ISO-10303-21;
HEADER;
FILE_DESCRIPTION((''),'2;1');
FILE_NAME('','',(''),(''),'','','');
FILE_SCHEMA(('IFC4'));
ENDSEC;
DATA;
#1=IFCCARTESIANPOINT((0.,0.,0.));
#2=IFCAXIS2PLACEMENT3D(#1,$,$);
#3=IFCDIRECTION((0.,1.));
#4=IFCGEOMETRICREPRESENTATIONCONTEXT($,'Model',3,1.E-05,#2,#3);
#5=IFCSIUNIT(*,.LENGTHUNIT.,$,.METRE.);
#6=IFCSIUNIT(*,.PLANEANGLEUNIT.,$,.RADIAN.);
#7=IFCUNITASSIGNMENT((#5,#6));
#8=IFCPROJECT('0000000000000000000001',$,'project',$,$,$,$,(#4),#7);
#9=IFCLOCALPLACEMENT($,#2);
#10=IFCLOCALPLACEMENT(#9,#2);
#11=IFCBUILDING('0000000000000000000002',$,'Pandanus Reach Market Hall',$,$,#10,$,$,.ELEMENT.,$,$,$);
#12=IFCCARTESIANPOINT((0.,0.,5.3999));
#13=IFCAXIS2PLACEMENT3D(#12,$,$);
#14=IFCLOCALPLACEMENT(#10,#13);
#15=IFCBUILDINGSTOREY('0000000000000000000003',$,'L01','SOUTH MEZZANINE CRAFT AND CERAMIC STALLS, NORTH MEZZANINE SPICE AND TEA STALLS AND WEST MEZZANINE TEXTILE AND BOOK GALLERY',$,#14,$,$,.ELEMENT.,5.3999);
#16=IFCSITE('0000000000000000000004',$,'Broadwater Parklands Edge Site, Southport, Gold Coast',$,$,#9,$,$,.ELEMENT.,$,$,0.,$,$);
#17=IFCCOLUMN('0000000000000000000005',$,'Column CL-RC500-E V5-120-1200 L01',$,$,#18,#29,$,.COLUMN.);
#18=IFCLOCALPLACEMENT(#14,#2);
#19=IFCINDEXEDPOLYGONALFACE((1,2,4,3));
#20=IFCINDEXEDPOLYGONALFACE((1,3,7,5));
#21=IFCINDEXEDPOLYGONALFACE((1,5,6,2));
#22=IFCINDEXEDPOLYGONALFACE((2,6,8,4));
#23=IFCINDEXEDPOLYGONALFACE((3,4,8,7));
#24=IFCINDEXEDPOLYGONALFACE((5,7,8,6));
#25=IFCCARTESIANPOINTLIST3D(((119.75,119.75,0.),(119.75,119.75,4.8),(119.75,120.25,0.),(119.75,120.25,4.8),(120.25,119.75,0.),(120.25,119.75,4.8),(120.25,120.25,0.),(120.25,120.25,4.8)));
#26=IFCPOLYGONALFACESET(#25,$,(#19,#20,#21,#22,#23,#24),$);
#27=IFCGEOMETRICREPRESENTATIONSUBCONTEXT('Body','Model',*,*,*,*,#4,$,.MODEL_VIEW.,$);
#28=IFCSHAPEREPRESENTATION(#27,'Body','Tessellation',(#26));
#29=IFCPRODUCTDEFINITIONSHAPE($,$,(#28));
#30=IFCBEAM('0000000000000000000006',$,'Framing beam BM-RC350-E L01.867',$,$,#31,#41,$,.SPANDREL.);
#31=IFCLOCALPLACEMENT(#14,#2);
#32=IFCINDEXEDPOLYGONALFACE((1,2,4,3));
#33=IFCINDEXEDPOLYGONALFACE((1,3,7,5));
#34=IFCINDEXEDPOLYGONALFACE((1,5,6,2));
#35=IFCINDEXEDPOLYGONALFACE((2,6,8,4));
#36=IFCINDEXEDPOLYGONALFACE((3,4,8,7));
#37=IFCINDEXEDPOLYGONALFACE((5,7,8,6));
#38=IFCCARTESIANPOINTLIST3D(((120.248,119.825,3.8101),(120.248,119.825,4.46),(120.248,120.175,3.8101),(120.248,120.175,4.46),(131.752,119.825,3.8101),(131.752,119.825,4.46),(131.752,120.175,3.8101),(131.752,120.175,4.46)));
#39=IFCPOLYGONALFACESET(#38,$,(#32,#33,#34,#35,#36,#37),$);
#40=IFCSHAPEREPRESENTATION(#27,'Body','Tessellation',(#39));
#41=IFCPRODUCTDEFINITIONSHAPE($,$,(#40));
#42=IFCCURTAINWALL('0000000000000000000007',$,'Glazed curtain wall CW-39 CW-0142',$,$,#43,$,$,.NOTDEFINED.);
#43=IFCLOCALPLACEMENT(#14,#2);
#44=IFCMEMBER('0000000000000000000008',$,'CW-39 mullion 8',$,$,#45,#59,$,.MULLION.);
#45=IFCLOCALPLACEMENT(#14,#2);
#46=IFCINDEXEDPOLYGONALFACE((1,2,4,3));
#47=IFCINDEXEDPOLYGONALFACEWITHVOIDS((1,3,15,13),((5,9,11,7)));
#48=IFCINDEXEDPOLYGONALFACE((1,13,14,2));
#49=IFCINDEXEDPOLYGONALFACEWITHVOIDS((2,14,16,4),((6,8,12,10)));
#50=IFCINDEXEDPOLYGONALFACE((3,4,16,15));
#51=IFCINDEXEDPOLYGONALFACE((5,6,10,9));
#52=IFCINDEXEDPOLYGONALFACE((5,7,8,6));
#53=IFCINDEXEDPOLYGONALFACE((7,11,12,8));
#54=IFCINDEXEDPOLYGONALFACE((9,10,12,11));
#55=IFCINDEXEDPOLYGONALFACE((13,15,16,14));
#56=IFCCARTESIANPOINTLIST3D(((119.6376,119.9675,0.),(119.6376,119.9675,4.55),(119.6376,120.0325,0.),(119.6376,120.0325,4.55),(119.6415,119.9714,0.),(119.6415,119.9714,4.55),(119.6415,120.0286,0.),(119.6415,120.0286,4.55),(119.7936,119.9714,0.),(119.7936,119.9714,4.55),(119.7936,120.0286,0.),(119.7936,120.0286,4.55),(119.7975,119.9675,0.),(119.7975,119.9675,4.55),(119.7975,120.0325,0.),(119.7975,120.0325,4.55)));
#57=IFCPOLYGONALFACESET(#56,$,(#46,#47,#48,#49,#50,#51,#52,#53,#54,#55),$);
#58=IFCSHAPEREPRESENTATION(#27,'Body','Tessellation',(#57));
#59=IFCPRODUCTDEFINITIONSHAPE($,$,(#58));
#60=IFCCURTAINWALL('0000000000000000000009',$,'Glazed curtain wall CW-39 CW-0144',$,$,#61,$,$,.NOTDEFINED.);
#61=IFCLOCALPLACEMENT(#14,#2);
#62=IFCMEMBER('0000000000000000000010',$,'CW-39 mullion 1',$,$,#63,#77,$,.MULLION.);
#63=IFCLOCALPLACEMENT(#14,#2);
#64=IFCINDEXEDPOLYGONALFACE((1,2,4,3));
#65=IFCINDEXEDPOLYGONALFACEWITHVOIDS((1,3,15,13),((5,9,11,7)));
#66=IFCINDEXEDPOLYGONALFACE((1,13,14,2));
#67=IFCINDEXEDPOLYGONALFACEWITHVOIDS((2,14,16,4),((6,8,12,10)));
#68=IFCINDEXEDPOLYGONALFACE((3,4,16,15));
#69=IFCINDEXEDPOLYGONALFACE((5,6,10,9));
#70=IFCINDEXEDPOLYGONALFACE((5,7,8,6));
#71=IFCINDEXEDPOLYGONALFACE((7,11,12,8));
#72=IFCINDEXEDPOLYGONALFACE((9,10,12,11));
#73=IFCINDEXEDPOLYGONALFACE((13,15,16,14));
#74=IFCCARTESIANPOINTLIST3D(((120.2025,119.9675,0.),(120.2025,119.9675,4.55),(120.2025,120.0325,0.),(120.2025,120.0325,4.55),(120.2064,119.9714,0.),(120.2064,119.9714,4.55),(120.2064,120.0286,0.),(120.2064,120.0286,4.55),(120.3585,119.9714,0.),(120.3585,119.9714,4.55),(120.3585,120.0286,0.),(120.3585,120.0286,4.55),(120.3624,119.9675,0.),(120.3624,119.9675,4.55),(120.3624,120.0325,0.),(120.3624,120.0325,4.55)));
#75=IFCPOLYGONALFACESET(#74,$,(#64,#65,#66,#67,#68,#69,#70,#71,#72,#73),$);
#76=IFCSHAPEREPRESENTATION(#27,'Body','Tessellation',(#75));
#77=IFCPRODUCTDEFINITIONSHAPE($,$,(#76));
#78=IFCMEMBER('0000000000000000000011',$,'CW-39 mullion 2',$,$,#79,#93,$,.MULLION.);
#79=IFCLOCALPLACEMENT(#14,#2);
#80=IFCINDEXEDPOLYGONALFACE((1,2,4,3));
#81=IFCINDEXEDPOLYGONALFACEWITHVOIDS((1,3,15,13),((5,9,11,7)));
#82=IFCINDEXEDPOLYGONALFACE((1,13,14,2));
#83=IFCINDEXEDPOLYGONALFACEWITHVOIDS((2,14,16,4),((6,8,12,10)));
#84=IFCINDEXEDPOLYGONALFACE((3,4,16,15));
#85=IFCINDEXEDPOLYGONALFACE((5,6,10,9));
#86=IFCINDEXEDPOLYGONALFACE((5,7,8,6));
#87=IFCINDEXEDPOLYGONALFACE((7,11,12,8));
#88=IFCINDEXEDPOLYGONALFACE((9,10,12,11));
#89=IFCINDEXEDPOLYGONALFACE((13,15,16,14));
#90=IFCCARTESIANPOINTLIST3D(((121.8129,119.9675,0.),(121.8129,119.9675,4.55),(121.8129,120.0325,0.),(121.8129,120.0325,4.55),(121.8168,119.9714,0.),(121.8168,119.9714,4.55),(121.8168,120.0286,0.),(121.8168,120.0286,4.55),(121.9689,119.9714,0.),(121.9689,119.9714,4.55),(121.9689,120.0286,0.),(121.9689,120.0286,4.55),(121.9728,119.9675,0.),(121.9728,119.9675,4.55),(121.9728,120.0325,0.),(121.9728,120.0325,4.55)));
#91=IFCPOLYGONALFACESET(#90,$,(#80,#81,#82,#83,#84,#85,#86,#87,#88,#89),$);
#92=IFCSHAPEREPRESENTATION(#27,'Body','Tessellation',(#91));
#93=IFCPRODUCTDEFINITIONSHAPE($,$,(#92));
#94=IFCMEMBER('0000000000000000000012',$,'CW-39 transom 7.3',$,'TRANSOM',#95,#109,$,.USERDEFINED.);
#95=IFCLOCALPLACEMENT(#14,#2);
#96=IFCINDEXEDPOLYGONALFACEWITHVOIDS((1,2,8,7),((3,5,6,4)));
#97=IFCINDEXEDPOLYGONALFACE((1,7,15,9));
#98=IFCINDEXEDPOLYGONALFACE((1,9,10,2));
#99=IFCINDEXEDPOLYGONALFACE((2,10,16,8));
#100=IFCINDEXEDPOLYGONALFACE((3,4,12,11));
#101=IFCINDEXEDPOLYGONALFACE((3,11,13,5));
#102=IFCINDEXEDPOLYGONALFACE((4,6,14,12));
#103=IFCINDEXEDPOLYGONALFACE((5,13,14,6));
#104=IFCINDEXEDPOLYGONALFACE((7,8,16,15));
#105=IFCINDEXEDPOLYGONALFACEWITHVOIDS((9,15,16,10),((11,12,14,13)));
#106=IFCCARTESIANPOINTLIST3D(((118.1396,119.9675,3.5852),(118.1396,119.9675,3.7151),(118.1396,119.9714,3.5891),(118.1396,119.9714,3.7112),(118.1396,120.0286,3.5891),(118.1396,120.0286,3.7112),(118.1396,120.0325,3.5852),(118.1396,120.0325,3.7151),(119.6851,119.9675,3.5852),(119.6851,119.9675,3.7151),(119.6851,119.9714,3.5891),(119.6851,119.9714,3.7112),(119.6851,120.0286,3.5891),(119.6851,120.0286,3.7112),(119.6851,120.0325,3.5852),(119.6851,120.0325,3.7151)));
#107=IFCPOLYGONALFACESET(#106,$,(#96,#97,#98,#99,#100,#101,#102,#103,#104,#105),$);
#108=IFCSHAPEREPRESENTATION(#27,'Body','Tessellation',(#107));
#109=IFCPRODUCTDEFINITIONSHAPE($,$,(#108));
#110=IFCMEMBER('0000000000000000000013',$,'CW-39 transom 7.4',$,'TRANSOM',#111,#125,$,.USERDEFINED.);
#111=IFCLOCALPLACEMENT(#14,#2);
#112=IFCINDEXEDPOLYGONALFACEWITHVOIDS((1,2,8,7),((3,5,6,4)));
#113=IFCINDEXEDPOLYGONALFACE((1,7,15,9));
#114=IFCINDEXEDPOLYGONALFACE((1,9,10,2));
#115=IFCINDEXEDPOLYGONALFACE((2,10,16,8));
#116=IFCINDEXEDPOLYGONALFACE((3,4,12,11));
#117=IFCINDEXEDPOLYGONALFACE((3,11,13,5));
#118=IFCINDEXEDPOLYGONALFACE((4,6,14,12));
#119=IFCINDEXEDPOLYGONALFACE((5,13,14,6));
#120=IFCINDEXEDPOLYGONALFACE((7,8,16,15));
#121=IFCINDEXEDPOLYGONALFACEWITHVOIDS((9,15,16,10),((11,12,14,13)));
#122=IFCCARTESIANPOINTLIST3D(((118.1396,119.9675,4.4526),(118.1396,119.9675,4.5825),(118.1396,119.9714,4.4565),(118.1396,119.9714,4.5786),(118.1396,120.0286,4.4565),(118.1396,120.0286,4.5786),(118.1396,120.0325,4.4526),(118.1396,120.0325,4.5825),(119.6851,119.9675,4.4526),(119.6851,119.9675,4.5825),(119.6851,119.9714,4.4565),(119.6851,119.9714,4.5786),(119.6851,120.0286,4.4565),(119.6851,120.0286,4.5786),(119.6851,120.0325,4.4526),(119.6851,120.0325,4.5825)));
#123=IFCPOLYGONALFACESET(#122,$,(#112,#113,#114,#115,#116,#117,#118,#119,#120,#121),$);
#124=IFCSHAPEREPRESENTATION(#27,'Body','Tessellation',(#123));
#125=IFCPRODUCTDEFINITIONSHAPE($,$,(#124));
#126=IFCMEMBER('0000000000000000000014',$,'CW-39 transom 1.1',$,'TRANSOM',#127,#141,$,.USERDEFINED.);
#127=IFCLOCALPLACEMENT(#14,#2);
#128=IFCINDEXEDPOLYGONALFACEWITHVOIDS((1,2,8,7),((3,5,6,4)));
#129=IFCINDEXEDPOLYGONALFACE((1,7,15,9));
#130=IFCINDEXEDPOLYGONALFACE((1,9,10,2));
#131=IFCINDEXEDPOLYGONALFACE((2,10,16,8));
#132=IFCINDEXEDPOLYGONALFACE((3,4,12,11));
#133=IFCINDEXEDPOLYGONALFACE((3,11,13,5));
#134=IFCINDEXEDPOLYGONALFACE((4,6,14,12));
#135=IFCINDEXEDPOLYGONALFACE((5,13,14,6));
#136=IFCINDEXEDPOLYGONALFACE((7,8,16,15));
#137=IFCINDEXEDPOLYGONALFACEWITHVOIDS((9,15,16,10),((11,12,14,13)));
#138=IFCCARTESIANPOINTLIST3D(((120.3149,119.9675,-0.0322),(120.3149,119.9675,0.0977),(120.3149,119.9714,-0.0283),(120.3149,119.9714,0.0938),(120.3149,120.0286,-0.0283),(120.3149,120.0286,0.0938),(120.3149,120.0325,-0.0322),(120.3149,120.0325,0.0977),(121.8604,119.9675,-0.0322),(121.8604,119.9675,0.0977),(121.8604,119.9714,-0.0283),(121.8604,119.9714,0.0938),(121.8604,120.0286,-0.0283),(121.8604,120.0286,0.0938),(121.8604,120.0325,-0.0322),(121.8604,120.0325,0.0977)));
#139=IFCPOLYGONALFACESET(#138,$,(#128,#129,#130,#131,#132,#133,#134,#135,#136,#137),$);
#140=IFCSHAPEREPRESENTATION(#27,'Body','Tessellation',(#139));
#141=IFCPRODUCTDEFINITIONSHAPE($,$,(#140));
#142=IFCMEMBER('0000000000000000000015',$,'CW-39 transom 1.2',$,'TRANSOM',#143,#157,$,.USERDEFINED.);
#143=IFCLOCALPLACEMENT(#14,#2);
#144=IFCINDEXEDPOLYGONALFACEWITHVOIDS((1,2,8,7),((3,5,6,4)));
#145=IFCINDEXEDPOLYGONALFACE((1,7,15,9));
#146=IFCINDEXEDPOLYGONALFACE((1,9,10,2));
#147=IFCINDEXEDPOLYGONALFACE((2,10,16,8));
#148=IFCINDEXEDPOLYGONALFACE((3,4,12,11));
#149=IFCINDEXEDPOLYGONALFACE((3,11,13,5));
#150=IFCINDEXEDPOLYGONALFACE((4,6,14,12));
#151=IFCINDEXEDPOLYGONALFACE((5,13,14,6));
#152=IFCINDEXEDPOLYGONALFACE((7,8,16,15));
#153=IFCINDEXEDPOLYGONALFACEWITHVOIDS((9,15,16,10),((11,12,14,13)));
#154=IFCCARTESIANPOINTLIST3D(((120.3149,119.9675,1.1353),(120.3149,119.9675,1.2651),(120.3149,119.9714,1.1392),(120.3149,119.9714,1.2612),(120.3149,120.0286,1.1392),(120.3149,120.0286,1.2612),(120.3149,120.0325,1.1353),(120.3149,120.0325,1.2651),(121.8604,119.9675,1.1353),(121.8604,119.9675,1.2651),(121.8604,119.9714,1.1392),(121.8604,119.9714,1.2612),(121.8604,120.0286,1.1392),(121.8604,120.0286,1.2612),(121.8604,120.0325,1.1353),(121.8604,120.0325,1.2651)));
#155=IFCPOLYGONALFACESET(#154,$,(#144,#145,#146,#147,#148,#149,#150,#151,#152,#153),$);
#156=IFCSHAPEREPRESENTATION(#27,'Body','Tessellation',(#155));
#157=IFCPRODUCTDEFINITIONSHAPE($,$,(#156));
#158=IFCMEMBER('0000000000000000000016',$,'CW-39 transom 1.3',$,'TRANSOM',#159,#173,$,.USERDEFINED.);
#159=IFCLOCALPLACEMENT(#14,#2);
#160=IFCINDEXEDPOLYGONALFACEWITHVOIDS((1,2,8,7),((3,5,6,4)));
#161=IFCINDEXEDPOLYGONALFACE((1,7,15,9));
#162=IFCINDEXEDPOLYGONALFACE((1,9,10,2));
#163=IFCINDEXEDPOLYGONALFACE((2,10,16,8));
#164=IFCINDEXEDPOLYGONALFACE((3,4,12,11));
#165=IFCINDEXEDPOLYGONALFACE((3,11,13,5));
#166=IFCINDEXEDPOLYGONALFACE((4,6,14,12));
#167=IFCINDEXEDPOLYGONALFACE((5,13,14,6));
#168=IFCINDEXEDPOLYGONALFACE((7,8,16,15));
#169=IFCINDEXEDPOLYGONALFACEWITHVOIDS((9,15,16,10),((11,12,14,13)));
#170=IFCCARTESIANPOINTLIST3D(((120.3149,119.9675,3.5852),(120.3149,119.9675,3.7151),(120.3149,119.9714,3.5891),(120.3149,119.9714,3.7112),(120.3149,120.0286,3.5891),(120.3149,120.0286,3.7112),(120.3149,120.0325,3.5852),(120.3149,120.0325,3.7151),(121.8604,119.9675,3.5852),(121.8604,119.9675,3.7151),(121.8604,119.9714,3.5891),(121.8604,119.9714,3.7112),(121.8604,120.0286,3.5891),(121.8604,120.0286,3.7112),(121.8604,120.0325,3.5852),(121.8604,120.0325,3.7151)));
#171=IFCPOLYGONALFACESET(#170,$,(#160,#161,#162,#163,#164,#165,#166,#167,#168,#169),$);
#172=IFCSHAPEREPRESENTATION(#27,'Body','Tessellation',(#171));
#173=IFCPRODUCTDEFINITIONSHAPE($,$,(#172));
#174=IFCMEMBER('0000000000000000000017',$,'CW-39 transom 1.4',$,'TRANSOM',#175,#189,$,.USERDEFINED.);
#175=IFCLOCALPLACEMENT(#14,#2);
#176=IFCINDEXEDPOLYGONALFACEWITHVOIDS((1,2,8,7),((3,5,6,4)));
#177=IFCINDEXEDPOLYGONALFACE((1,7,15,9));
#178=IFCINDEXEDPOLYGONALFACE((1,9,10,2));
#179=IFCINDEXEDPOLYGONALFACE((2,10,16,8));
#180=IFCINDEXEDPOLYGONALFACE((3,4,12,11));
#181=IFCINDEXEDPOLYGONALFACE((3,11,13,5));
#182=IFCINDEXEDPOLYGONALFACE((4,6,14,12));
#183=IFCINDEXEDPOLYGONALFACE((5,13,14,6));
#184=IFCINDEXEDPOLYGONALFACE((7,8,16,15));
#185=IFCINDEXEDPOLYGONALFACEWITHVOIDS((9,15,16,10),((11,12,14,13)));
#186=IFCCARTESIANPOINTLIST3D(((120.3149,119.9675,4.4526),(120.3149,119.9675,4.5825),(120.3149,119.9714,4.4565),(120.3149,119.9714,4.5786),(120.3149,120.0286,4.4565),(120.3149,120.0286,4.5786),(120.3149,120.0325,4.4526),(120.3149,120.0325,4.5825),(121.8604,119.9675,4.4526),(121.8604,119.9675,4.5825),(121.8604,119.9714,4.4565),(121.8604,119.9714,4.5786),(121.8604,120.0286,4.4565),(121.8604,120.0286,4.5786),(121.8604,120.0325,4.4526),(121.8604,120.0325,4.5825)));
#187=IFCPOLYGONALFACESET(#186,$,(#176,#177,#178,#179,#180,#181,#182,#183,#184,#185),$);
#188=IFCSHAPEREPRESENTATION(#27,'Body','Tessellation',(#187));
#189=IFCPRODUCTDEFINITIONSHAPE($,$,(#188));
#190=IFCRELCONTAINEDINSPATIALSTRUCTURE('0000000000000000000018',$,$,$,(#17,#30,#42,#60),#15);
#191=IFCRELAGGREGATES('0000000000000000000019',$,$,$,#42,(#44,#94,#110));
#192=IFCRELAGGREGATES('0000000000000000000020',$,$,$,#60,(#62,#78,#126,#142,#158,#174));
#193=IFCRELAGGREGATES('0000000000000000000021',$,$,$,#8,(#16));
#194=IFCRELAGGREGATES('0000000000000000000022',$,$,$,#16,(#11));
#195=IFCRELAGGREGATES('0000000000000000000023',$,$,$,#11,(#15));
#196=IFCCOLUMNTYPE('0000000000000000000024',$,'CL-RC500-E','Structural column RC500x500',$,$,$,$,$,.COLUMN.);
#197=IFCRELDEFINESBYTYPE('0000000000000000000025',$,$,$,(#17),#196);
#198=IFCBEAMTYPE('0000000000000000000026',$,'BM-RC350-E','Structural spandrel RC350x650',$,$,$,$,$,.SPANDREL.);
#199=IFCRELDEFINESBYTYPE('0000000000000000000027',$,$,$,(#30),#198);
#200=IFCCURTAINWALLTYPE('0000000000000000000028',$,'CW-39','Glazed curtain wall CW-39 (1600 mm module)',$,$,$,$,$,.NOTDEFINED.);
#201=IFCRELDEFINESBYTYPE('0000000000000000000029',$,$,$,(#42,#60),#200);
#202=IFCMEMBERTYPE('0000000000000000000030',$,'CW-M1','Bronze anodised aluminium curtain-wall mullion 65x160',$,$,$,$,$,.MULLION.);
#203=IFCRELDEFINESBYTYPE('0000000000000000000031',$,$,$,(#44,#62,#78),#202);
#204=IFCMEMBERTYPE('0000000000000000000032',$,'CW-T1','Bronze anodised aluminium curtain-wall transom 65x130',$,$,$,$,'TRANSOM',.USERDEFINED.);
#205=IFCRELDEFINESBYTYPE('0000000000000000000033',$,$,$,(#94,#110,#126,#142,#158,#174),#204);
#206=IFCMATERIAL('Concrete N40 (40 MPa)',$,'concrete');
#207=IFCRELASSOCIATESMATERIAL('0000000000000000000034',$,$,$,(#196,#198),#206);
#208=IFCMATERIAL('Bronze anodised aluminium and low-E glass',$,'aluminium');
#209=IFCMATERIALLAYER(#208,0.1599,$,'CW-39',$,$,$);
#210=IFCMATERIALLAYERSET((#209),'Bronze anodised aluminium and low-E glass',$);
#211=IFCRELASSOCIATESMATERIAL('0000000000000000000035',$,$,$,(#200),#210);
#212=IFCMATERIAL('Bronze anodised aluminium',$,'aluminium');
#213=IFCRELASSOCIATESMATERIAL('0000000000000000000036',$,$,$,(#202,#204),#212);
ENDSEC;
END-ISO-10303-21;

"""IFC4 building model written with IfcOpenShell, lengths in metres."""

from ifc_helpers import new_model, si_unit, direction, frame, origin, origin_2d, place, context, subcontext, project, spatial, rectangle, hollow_rectangle, extrude, material, layer, layer_set, material_profile, profile_set, type_object, element, aggregate, save


model = new_model("IFC4")

# Units and contexts
model_context = context("Model", 3, precision=1e-05, world=origin(), true_north=direction((0.0, 1.0)))
body_context = subcontext(model_context, "Body", "Model", "MODEL_VIEW")
ifc_project = project(units=[si_unit("LENGTHUNIT", "METRE"), si_unit("PLANEANGLEUNIT", "RADIAN")], contexts=[model_context])

# Site, building, storey
site_placement = place(None, origin())
site = spatial("IfcSite", under=ifc_project, at=site_placement, Name="Broadwater Parklands Edge Site, Southport, Gold Coast", CompositionType="ELEMENT", RefElevation=0.0)
building_placement = place(site_placement, origin())
building = spatial("IfcBuilding", under=site, at=building_placement, Name="Pandanus Reach Market Hall", CompositionType="ELEMENT")
storey_placement = place(building_placement, frame((0.0, 0.0, 5.3999)))
storey = spatial("IfcBuildingStorey", under=building, at=storey_placement, Name="L01", Description="SOUTH MEZZANINE CRAFT AND CERAMIC STALLS, NORTH MEZZANINE SPICE AND TEA STALLS AND WEST MEZZANINE TEXTILE AND BOOK GALLERY", CompositionType="ELEMENT", Elevation=5.3999)

# Column
ifc_material_1 = material(Name="Concrete N40 (40 MPa)", Category="concrete")
ifc_material_profile_1 = material_profile(ifc_material_1, rectangle(XDim=0.5, YDim=0.5, at=origin_2d()), Name="RC500x500", Category="LoadBearing")
ifc_profile_set_1 = profile_set([ifc_material_profile_1], Name="Concrete N40 (40 MPa)")
column_type = type_object("IfcColumnType", Name="CL-RC500-E", Description="Structural column RC500x500", PredefinedType="COLUMN", material=ifc_profile_set_1)
column_placement = place(storey_placement, frame((120.0, 120.0, 0.0), z_axis=(0.0, 0.0, 1.0), x_axis=(1.0, 0.0, 0.0)))
element("IfcColumn", 1, at=column_placement, inside=storey, type_object=column_type, Name="Column CL-RC500-E V5-120-1200 L01", PredefinedType="COLUMN", context=body_context, shape_type="SweptSolid", body=[
    extrude(rectangle(XDim=0.5, YDim=0.5, at=origin_2d()), origin(), (0.0, 0.0, 1.0), 4.8),
])

# Beam
ifc_material_profile_2 = material_profile(ifc_material_1, rectangle(XDim=0.3501, YDim=0.6499, at=origin_2d()), Name="RC350x650", Category="LoadBearing")
ifc_profile_set_2 = profile_set([ifc_material_profile_2], Name="Concrete N40 (40 MPa)")
beam_type = type_object("IfcBeamType", Name="BM-RC350-E", Description="Structural spandrel RC350x650", PredefinedType="SPANDREL", material=ifc_profile_set_2)
beam_placement = place(storey_placement, frame((120.248, 120.0, 4.135), z_axis=(1.0, 0.0, 0.0), x_axis=(0.0, 1.0, 0.0)))
element("IfcBeam", 2, at=beam_placement, inside=storey, type_object=beam_type, Name="Framing beam BM-RC350-E L01.867", PredefinedType="SPANDREL", context=body_context, shape_type="SweptSolid", body=[
    extrude(rectangle(XDim=0.3501, YDim=0.6499, at=origin_2d()), origin(), (0.0, 0.0, 1.0), 11.5039),
])

# Curtain wall, member
ifc_material_2 = material(Name="Bronze anodised aluminium and low-E glass", Category="aluminium")
ifc_layer_1 = layer(ifc_material_2, 0.1599, Name="CW-39")
ifc_layer_set_1 = layer_set([ifc_layer_1], Name="Bronze anodised aluminium and low-E glass")
curtain_wall_type = type_object("IfcCurtainWallType", Name="CW-39", Description="Glazed curtain wall CW-39 (1600 mm module)", PredefinedType="NOTDEFINED", material=ifc_layer_set_1)
curtain_wall_1_placement = place(storey_placement, origin())
curtain_wall_1 = element("IfcCurtainWall", 3, at=curtain_wall_1_placement, inside=storey, type_object=curtain_wall_type, Name="Glazed curtain wall CW-39 CW-0142", PredefinedType="NOTDEFINED")
ifc_material_3 = material(Name="Bronze anodised aluminium", Category="aluminium")
ifc_material_profile_3 = material_profile(ifc_material_3, hollow_rectangle(XDim=0.0649, YDim=0.1599, WallThickness=0.0039, at=origin_2d()), Name="ALU65x160", Category="LoadBearing")
ifc_profile_set_3 = profile_set([ifc_material_profile_3], Name="Bronze anodised aluminium")
member_type_1 = type_object("IfcMemberType", Name="CW-M1", Description="Bronze anodised aluminium curtain-wall mullion 65x160", PredefinedType="MULLION", material=ifc_profile_set_3)
member_1_placement = place(storey_placement, frame((119.7175, 120.0, 0.0), z_axis=(0.0, 0.0, 1.0), x_axis=(0.0, 1.0, 0.0)))
member_1 = element("IfcMember", 4, at=member_1_placement, type_object=member_type_1, Name="CW-39 mullion 8", PredefinedType="MULLION", context=body_context, shape_type="SweptSolid", body=[
    extrude(hollow_rectangle(XDim=0.0649, YDim=0.1599, WallThickness=0.0039, at=origin_2d()), origin(), (0.0, 0.0, 1.0), 4.55),
])

# Curtain wall, members
curtain_wall_2_placement = place(storey_placement, origin())
curtain_wall_2 = element("IfcCurtainWall", 5, at=curtain_wall_2_placement, inside=storey, type_object=curtain_wall_type, Name="Glazed curtain wall CW-39 CW-0144", PredefinedType="NOTDEFINED")
member_2_placement = place(storey_placement, frame((120.2825, 120.0, 0.0), z_axis=(0.0, 0.0, 1.0), x_axis=(0.0, 1.0, 0.0)))
member_2 = element("IfcMember", 6, at=member_2_placement, type_object=member_type_1, Name="CW-39 mullion 1", PredefinedType="MULLION", context=body_context, shape_type="SweptSolid", body=[
    extrude(hollow_rectangle(XDim=0.0649, YDim=0.1599, WallThickness=0.0039, at=origin_2d()), origin(), (0.0, 0.0, 1.0), 4.55),
])
member_3_placement = place(storey_placement, frame((121.8928, 120.0, 0.0), z_axis=(0.0, 0.0, 1.0), x_axis=(0.0, 1.0, 0.0)))
member_3 = element("IfcMember", 7, at=member_3_placement, type_object=member_type_1, Name="CW-39 mullion 2", PredefinedType="MULLION", context=body_context, shape_type="SweptSolid", body=[
    extrude(hollow_rectangle(XDim=0.0649, YDim=0.1599, WallThickness=0.0039, at=origin_2d()), origin(), (0.0, 0.0, 1.0), 4.55),
])

# Members
ifc_material_profile_4 = material_profile(ifc_material_3, hollow_rectangle(XDim=0.0649, YDim=0.1299, WallThickness=0.0039, at=origin_2d()), Name="ALU65x130", Category="LoadBearing")
ifc_profile_set_4 = profile_set([ifc_material_profile_4], Name="Bronze anodised aluminium")
member_type_2 = type_object("IfcMemberType", Name="CW-T1", Description="Bronze anodised aluminium curtain-wall transom 65x130", ElementType="TRANSOM", PredefinedType="USERDEFINED", material=ifc_profile_set_4)
member_4_placement = place(storey_placement, frame((118.1396, 120.0, 3.6501), z_axis=(1.0, 0.0, 0.0), x_axis=(0.0, 1.0, 0.0)))
member_4 = element("IfcMember", 8, at=member_4_placement, type_object=member_type_2, Name="CW-39 transom 7.3", ObjectType="TRANSOM", PredefinedType="USERDEFINED", context=body_context, shape_type="SweptSolid", body=[
    extrude(hollow_rectangle(XDim=0.0649, YDim=0.1299, WallThickness=0.0039, at=origin_2d()), origin(), (0.0, 0.0, 1.0), 1.5454),
])
member_5_placement = place(storey_placement, frame((118.1396, 120.0, 4.5176), z_axis=(1.0, 0.0, 0.0), x_axis=(0.0, 1.0, 0.0)))
member_5 = element("IfcMember", 9, at=member_5_placement, type_object=member_type_2, Name="CW-39 transom 7.4", ObjectType="TRANSOM", PredefinedType="USERDEFINED", context=body_context, shape_type="SweptSolid", body=[
    extrude(hollow_rectangle(XDim=0.0649, YDim=0.1299, WallThickness=0.0039, at=origin_2d()), origin(), (0.0, 0.0, 1.0), 1.5454),
])
member_6_placement = place(storey_placement, frame((120.3149, 120.0, 0.0327), z_axis=(1.0, 0.0, 0.0), x_axis=(0.0, 1.0, 0.0)))
member_6 = element("IfcMember", 10, at=member_6_placement, type_object=member_type_2, Name="CW-39 transom 1.1", ObjectType="TRANSOM", PredefinedType="USERDEFINED", context=body_context, shape_type="SweptSolid", body=[
    extrude(hollow_rectangle(XDim=0.0649, YDim=0.1299, WallThickness=0.0039, at=origin_2d()), origin(), (0.0, 0.0, 1.0), 1.5454),
])
member_7_placement = place(storey_placement, frame((120.3149, 120.0, 1.2002), z_axis=(1.0, 0.0, 0.0), x_axis=(0.0, 1.0, 0.0)))
member_7 = element("IfcMember", 11, at=member_7_placement, type_object=member_type_2, Name="CW-39 transom 1.2", ObjectType="TRANSOM", PredefinedType="USERDEFINED", context=body_context, shape_type="SweptSolid", body=[
    extrude(hollow_rectangle(XDim=0.0649, YDim=0.1299, WallThickness=0.0039, at=origin_2d()), origin(), (0.0, 0.0, 1.0), 1.5454),
])
member_8_placement = place(storey_placement, frame((120.3149, 120.0, 3.6501), z_axis=(1.0, 0.0, 0.0), x_axis=(0.0, 1.0, 0.0)))
member_8 = element("IfcMember", 12, at=member_8_placement, type_object=member_type_2, Name="CW-39 transom 1.3", ObjectType="TRANSOM", PredefinedType="USERDEFINED", context=body_context, shape_type="SweptSolid", body=[
    extrude(hollow_rectangle(XDim=0.0649, YDim=0.1299, WallThickness=0.0039, at=origin_2d()), origin(), (0.0, 0.0, 1.0), 1.5454),
])
member_9_placement = place(storey_placement, frame((120.3149, 120.0, 4.5176), z_axis=(1.0, 0.0, 0.0), x_axis=(0.0, 1.0, 0.0)))
member_9 = element("IfcMember", 13, at=member_9_placement, type_object=member_type_2, Name="CW-39 transom 1.4", ObjectType="TRANSOM", PredefinedType="USERDEFINED", context=body_context, shape_type="SweptSolid", body=[
    extrude(hollow_rectangle(XDim=0.0649, YDim=0.1299, WallThickness=0.0039, at=origin_2d()), origin(), (0.0, 0.0, 1.0), 1.5454),
])

aggregate(curtain_wall_1, [member_1, member_4, member_5])
aggregate(curtain_wall_2, [member_2, member_3, member_6, member_7, member_8, member_9])

save(model, "model.ifc")
